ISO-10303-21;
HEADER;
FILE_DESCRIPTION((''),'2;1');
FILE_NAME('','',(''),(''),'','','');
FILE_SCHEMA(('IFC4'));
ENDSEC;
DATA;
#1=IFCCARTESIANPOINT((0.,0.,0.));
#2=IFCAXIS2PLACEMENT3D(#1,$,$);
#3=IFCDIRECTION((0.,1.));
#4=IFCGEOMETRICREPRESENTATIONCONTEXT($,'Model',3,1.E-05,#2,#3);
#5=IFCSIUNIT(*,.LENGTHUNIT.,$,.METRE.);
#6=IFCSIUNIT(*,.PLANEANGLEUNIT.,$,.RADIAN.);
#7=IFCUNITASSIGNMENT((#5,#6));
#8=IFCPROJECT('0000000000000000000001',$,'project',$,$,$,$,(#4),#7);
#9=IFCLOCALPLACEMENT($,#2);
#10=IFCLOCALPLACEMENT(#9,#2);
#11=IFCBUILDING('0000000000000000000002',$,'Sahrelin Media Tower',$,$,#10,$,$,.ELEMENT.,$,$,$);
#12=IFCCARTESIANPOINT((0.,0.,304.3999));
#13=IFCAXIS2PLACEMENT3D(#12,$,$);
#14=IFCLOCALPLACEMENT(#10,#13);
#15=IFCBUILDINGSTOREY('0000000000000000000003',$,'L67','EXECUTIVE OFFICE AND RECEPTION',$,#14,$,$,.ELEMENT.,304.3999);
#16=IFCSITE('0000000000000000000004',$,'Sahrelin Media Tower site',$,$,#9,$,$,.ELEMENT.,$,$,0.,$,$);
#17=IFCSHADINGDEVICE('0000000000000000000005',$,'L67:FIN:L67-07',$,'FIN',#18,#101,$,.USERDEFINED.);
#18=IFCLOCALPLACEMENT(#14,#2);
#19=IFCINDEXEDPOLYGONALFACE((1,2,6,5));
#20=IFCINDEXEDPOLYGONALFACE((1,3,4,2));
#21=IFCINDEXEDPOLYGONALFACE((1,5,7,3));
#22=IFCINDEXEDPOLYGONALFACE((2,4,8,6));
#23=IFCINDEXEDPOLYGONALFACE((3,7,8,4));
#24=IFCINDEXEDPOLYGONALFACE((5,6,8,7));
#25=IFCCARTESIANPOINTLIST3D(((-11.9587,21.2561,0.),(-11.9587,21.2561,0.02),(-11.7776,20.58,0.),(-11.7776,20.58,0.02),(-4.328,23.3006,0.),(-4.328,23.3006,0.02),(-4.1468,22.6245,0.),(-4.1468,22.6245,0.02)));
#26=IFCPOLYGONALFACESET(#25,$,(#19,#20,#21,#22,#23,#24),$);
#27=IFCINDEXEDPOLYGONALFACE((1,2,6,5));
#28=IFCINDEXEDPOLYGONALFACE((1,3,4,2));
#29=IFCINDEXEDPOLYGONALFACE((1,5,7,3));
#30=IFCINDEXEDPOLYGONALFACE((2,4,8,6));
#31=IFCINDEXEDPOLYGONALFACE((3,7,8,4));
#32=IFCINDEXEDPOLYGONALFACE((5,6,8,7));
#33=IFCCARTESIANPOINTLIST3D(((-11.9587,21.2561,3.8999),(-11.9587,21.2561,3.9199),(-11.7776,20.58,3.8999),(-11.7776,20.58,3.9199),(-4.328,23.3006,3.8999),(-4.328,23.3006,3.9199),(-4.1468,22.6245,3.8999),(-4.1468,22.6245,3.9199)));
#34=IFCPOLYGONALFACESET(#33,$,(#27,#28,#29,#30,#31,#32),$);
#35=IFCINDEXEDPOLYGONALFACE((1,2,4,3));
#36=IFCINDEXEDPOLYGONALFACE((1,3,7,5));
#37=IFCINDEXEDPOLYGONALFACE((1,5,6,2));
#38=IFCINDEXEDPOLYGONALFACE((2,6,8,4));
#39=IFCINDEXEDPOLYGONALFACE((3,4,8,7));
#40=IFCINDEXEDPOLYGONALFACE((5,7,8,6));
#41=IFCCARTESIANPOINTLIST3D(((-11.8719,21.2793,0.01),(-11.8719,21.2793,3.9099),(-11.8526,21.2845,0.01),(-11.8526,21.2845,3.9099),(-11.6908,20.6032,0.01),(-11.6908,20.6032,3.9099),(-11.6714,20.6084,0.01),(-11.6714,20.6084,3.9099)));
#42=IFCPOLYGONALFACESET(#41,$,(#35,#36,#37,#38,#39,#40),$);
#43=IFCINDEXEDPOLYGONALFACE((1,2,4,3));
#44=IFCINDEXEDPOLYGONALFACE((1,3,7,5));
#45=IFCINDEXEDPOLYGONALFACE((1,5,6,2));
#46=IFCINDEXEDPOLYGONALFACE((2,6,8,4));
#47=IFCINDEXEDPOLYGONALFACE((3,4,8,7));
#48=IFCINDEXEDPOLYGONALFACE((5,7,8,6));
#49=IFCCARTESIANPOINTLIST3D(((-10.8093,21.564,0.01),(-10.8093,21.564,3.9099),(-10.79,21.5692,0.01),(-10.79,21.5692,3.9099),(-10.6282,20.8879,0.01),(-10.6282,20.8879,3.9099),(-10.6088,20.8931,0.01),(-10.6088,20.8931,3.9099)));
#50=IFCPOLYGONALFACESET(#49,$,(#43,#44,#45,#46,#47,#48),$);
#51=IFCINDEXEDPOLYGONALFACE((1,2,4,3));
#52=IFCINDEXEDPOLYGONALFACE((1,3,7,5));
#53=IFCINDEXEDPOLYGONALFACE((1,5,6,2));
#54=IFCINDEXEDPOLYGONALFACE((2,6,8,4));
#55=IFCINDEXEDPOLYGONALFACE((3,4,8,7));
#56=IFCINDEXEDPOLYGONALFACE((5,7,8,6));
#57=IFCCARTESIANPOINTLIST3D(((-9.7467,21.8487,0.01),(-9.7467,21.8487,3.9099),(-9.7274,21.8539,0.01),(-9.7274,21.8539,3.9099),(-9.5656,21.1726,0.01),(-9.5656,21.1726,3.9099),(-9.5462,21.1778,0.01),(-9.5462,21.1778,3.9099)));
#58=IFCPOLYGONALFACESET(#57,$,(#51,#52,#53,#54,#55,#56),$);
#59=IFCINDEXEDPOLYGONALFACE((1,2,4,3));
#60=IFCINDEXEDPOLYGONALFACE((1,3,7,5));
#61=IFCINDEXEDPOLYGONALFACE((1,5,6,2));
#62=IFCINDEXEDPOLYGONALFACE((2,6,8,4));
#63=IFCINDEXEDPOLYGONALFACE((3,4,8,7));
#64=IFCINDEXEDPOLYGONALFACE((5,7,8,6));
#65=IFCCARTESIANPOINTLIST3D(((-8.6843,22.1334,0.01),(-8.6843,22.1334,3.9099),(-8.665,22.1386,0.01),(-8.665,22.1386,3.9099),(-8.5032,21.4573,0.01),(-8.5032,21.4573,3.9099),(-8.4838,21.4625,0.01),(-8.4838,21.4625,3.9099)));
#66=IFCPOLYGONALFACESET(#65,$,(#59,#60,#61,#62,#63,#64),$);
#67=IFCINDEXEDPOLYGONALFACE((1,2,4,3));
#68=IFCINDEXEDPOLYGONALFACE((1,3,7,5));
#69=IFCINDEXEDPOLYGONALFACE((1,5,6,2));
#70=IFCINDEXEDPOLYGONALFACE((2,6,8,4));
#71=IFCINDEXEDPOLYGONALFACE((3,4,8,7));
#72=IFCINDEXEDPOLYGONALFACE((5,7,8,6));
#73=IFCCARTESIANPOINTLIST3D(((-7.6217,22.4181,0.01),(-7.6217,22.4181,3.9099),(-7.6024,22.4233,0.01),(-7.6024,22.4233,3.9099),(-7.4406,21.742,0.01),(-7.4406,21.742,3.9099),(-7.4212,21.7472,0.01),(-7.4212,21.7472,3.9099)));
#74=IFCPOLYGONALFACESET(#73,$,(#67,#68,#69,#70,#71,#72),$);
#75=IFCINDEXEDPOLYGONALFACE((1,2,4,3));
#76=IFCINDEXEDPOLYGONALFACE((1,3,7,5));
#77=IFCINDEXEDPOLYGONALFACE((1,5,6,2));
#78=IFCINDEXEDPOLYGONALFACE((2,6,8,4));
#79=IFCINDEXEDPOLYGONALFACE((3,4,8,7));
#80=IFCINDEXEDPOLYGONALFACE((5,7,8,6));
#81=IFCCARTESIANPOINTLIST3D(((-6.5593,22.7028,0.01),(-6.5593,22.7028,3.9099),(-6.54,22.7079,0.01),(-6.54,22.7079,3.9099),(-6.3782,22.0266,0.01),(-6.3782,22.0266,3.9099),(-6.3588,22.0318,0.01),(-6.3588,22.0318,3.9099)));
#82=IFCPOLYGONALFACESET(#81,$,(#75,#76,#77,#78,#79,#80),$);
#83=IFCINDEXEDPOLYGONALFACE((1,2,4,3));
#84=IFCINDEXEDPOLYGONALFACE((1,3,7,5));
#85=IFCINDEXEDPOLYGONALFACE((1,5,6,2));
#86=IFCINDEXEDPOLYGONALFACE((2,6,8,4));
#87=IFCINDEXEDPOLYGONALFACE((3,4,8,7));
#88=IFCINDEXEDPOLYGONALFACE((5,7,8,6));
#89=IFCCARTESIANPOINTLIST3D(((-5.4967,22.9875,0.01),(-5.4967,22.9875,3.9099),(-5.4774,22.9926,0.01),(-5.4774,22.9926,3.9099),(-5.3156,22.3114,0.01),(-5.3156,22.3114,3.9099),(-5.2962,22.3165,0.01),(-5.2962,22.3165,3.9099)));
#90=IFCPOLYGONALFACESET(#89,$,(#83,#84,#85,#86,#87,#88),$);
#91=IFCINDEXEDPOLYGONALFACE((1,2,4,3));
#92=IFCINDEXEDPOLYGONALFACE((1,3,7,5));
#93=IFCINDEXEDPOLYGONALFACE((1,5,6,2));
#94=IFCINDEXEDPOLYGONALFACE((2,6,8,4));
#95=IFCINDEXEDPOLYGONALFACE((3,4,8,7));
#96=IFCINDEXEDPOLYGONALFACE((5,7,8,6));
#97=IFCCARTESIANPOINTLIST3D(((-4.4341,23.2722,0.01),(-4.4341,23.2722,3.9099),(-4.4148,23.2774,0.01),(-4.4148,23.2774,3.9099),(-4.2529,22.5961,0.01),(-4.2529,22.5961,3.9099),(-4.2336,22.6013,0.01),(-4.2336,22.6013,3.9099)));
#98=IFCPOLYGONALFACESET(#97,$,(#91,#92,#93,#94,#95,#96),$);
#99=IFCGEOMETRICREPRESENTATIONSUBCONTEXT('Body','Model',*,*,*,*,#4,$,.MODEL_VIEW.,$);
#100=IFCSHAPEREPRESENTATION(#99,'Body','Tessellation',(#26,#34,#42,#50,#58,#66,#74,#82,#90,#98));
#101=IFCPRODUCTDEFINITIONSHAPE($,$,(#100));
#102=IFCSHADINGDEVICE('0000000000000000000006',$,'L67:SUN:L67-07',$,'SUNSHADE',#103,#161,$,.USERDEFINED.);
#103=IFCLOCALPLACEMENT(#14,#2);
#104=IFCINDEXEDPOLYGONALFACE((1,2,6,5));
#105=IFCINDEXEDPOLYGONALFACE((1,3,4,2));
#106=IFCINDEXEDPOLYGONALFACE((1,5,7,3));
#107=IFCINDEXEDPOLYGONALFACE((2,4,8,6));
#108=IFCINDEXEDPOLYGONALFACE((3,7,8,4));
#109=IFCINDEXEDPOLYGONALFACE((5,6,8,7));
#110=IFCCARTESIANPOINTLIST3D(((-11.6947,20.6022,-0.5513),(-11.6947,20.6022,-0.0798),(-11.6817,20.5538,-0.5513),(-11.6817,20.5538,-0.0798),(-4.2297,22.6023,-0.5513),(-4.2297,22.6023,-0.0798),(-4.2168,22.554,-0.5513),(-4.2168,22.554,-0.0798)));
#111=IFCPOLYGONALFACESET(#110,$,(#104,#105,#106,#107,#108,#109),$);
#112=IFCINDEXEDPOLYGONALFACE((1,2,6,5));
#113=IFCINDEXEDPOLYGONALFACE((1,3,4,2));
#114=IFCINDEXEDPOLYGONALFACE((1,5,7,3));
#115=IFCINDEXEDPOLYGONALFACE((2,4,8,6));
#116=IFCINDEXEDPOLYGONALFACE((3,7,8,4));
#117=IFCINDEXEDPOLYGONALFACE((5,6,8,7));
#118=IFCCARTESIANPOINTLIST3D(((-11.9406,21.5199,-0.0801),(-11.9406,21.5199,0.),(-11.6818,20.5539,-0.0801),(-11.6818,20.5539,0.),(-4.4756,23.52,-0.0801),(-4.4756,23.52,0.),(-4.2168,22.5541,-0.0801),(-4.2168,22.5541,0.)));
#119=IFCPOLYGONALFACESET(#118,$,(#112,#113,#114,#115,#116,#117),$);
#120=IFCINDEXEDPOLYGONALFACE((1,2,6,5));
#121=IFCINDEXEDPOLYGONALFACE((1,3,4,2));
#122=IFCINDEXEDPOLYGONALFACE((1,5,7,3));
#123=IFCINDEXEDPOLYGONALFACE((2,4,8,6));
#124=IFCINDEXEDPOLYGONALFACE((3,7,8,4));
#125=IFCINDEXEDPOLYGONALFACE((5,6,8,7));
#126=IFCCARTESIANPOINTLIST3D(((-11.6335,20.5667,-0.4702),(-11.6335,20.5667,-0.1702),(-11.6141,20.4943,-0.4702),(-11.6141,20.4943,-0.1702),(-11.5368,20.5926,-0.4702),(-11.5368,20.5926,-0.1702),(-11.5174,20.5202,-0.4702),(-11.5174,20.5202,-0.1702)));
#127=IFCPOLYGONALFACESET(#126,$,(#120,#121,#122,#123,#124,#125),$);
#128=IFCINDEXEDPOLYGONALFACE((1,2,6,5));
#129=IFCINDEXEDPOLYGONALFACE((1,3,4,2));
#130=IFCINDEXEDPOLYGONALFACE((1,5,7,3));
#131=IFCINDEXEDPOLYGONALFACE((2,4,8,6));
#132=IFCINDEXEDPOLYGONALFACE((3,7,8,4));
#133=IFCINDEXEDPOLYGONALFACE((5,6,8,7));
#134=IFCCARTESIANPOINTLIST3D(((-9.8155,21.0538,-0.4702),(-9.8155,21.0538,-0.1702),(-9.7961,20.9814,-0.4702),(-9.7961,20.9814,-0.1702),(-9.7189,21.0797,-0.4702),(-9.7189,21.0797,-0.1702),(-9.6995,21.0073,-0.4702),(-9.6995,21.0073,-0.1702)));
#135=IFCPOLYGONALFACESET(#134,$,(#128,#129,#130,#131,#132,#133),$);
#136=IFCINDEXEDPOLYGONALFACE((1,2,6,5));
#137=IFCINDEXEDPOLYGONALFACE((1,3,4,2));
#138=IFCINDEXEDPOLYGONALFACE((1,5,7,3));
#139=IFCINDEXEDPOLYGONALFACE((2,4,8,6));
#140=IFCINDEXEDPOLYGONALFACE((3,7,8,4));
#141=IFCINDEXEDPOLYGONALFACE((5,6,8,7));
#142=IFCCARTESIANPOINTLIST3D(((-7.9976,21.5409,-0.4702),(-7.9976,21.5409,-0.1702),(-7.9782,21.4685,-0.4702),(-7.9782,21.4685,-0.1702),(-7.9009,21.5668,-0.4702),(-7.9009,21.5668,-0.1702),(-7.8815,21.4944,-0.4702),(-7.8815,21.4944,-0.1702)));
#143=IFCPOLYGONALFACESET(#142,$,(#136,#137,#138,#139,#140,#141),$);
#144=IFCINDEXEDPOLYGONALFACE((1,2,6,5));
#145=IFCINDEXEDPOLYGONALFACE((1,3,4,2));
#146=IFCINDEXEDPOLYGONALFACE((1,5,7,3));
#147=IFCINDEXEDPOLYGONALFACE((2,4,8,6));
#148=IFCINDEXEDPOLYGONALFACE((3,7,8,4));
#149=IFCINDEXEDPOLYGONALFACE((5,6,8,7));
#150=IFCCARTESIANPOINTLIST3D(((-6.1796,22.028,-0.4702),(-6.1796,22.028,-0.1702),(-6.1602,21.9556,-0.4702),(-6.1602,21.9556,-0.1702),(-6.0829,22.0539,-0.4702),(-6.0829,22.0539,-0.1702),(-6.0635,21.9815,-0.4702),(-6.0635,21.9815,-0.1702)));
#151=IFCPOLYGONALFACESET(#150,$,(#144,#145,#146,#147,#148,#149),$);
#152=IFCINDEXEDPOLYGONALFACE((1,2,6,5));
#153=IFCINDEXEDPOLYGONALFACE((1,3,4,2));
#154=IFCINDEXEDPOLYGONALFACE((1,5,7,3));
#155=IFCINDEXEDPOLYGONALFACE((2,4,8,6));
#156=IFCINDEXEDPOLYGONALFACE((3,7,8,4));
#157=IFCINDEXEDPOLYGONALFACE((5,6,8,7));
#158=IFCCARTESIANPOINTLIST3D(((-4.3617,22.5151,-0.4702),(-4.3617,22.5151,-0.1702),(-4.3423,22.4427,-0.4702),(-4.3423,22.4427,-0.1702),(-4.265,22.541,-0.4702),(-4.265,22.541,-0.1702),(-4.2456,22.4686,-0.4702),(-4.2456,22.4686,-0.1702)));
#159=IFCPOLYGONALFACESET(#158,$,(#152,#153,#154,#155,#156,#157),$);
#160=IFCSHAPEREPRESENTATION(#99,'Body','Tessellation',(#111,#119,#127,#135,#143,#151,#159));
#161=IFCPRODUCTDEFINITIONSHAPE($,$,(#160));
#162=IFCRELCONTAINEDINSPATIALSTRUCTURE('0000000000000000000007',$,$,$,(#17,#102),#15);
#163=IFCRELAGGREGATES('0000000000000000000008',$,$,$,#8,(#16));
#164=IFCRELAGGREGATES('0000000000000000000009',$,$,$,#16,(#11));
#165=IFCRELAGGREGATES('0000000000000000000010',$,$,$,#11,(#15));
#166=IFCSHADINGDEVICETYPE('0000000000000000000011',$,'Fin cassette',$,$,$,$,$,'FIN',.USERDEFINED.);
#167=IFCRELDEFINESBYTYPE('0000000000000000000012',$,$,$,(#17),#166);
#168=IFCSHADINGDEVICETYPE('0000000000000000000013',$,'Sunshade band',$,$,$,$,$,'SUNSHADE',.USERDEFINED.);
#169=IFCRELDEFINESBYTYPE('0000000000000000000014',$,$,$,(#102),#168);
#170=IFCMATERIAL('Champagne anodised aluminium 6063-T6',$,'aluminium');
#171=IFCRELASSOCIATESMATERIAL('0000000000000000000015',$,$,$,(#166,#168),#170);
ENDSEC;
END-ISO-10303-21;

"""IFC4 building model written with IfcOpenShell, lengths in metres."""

from ifc_helpers import new_model, si_unit, direction, frame, origin, origin_2d, place, context, subcontext, project, spatial, rectangle, extrude, material, type_object, element, save


model = new_model("IFC4")

# Units and contexts
model_context = context("Model", 3, precision=1e-05, world=origin(), true_north=direction((0.0, 1.0)))
body_context = subcontext(model_context, "Body", "Model", "MODEL_VIEW")
ifc_project = project(units=[si_unit("LENGTHUNIT", "METRE"), si_unit("PLANEANGLEUNIT", "RADIAN")], contexts=[model_context])

# Site, building, storey
site_placement = place(None, origin())
site = spatial("IfcSite", under=ifc_project, at=site_placement, Name="Sahrelin Media Tower site", CompositionType="ELEMENT", RefElevation=0.0)
building_placement = place(site_placement, origin())
building = spatial("IfcBuilding", under=site, at=building_placement, Name="Sahrelin Media Tower", CompositionType="ELEMENT")
storey_placement = place(building_placement, frame((0.0, 0.0, 304.3999)))
storey = spatial("IfcBuildingStorey", under=building, at=storey_placement, Name="L67", Description="EXECUTIVE OFFICE AND RECEPTION", CompositionType="ELEMENT", Elevation=304.3999)

# Shared definitions
ifc_material_1 = material(Name="Champagne anodised aluminium 6063-T6", Category="aluminium")

# Shading devices
shading_device_type_1 = type_object("IfcShadingDeviceType", Name="Fin cassette", ElementType="FIN", PredefinedType="USERDEFINED", material=ifc_material_1)
placement = place(storey_placement, frame((-7.9441, 21.5347, 0.0), z_axis=(0.0, 0.0, 1.0), x_axis=(0.965929, 0.258808, 0.0)))
element("IfcShadingDevice", 1, at=placement, inside=storey, type_object=shading_device_type_1, Name="L67:FIN:L67-07", ObjectType="FIN", PredefinedType="USERDEFINED", context=body_context, shape_type="SweptSolid", body=[
    extrude(rectangle(XDim=7.8999, YDim=0.7, at=origin_2d()), frame((0.0, 0.4199, 0.0)), (0.0, 0.0, 1.0), 0.02),
    extrude(rectangle(XDim=7.8999, YDim=0.7, at=origin_2d()), frame((0.0, 0.4199, 3.8999)), (0.0, 0.0, 1.0), 0.02),
    extrude(rectangle(XDim=0.02, YDim=0.7, at=origin_2d()), frame((-3.8501, 0.4199, 0.01), z_axis=(0.0, 0.0, 1.0), x_axis=(1.0, 0.0, 0.0)), (0.0, 0.0, 1.0), 3.8999),
    extrude(rectangle(XDim=0.02, YDim=0.7, at=origin_2d()), frame((-2.75, 0.4199, 0.01), z_axis=(0.0, 0.0, 1.0), x_axis=(1.0, 0.0, 0.0)), (0.0, 0.0, 1.0), 3.8999),
    extrude(rectangle(XDim=0.02, YDim=0.7, at=origin_2d()), frame((-1.6499, 0.4199, 0.01), z_axis=(0.0, 0.0, 1.0), x_axis=(1.0, 0.0, 0.0)), (0.0, 0.0, 1.0), 3.8999),
    extrude(rectangle(XDim=0.02, YDim=0.7, at=origin_2d()), frame((-0.55, 0.4199, 0.01), z_axis=(0.0, 0.0, 1.0), x_axis=(1.0, 0.0, 0.0)), (0.0, 0.0, 1.0), 3.8999),
    extrude(rectangle(XDim=0.02, YDim=0.7, at=origin_2d()), frame((0.55, 0.4199, 0.01), z_axis=(0.0, 0.0, 1.0), x_axis=(1.0, 0.0, 0.0)), (0.0, 0.0, 1.0), 3.8999),
    extrude(rectangle(XDim=0.02, YDim=0.7, at=origin_2d()), frame((1.6499, 0.4199, 0.01), z_axis=(0.0, 0.0, 1.0), x_axis=(1.0, 0.0, 0.0)), (0.0, 0.0, 1.0), 3.8999),
    extrude(rectangle(XDim=0.02, YDim=0.7, at=origin_2d()), frame((2.75, 0.4199, 0.01), z_axis=(0.0, 0.0, 1.0), x_axis=(1.0, 0.0, 0.0)), (0.0, 0.0, 1.0), 3.8999),
    extrude(rectangle(XDim=0.02, YDim=0.7, at=origin_2d()), frame((3.8501, 0.4199, 0.01), z_axis=(0.0, 0.0, 1.0), x_axis=(1.0, 0.0, 0.0)), (0.0, 0.0, 1.0), 3.8999),
])
shading_device_type_2 = type_object("IfcShadingDeviceType", Name="Sunshade band", ElementType="SUNSHADE", PredefinedType="USERDEFINED", material=ifc_material_1)
element("IfcShadingDevice", 2, at=placement, inside=storey, type_object=shading_device_type_2, Name="L67:SUN:L67-07", ObjectType="SUNSHADE", PredefinedType="USERDEFINED", context=body_context, shape_type="SweptSolid", body=[
    extrude(rectangle(XDim=7.7283, YDim=0.05, at=origin_2d()), frame((0.0, 0.0449, -0.5513)), (0.0, 0.0, 1.0), 0.4714),
    extrude(rectangle(XDim=7.7283, YDim=1.0, at=origin_2d()), frame((0.0, 0.52, -0.0801)), (0.0, 0.0, 1.0), 0.0801),
    extrude(rectangle(XDim=0.1001, YDim=0.075, at=origin_2d()), frame((-3.7642, -0.0176, -0.4702)), (0.0, 0.0, 1.0), 0.3),
    extrude(rectangle(XDim=0.1001, YDim=0.075, at=origin_2d()), frame((-1.8821, -0.0176, -0.4702)), (0.0, 0.0, 1.0), 0.3),
    extrude(rectangle(XDim=0.1001, YDim=0.075, at=origin_2d()), frame((0.0, -0.0176, -0.4702)), (0.0, 0.0, 1.0), 0.3),
    extrude(rectangle(XDim=0.1001, YDim=0.075, at=origin_2d()), frame((1.8821, -0.0176, -0.4702)), (0.0, 0.0, 1.0), 0.3),
    extrude(rectangle(XDim=0.1001, YDim=0.075, at=origin_2d()), frame((3.7642, -0.0176, -0.4702)), (0.0, 0.0, 1.0), 0.3),
])

save(model, "model.ifc")
